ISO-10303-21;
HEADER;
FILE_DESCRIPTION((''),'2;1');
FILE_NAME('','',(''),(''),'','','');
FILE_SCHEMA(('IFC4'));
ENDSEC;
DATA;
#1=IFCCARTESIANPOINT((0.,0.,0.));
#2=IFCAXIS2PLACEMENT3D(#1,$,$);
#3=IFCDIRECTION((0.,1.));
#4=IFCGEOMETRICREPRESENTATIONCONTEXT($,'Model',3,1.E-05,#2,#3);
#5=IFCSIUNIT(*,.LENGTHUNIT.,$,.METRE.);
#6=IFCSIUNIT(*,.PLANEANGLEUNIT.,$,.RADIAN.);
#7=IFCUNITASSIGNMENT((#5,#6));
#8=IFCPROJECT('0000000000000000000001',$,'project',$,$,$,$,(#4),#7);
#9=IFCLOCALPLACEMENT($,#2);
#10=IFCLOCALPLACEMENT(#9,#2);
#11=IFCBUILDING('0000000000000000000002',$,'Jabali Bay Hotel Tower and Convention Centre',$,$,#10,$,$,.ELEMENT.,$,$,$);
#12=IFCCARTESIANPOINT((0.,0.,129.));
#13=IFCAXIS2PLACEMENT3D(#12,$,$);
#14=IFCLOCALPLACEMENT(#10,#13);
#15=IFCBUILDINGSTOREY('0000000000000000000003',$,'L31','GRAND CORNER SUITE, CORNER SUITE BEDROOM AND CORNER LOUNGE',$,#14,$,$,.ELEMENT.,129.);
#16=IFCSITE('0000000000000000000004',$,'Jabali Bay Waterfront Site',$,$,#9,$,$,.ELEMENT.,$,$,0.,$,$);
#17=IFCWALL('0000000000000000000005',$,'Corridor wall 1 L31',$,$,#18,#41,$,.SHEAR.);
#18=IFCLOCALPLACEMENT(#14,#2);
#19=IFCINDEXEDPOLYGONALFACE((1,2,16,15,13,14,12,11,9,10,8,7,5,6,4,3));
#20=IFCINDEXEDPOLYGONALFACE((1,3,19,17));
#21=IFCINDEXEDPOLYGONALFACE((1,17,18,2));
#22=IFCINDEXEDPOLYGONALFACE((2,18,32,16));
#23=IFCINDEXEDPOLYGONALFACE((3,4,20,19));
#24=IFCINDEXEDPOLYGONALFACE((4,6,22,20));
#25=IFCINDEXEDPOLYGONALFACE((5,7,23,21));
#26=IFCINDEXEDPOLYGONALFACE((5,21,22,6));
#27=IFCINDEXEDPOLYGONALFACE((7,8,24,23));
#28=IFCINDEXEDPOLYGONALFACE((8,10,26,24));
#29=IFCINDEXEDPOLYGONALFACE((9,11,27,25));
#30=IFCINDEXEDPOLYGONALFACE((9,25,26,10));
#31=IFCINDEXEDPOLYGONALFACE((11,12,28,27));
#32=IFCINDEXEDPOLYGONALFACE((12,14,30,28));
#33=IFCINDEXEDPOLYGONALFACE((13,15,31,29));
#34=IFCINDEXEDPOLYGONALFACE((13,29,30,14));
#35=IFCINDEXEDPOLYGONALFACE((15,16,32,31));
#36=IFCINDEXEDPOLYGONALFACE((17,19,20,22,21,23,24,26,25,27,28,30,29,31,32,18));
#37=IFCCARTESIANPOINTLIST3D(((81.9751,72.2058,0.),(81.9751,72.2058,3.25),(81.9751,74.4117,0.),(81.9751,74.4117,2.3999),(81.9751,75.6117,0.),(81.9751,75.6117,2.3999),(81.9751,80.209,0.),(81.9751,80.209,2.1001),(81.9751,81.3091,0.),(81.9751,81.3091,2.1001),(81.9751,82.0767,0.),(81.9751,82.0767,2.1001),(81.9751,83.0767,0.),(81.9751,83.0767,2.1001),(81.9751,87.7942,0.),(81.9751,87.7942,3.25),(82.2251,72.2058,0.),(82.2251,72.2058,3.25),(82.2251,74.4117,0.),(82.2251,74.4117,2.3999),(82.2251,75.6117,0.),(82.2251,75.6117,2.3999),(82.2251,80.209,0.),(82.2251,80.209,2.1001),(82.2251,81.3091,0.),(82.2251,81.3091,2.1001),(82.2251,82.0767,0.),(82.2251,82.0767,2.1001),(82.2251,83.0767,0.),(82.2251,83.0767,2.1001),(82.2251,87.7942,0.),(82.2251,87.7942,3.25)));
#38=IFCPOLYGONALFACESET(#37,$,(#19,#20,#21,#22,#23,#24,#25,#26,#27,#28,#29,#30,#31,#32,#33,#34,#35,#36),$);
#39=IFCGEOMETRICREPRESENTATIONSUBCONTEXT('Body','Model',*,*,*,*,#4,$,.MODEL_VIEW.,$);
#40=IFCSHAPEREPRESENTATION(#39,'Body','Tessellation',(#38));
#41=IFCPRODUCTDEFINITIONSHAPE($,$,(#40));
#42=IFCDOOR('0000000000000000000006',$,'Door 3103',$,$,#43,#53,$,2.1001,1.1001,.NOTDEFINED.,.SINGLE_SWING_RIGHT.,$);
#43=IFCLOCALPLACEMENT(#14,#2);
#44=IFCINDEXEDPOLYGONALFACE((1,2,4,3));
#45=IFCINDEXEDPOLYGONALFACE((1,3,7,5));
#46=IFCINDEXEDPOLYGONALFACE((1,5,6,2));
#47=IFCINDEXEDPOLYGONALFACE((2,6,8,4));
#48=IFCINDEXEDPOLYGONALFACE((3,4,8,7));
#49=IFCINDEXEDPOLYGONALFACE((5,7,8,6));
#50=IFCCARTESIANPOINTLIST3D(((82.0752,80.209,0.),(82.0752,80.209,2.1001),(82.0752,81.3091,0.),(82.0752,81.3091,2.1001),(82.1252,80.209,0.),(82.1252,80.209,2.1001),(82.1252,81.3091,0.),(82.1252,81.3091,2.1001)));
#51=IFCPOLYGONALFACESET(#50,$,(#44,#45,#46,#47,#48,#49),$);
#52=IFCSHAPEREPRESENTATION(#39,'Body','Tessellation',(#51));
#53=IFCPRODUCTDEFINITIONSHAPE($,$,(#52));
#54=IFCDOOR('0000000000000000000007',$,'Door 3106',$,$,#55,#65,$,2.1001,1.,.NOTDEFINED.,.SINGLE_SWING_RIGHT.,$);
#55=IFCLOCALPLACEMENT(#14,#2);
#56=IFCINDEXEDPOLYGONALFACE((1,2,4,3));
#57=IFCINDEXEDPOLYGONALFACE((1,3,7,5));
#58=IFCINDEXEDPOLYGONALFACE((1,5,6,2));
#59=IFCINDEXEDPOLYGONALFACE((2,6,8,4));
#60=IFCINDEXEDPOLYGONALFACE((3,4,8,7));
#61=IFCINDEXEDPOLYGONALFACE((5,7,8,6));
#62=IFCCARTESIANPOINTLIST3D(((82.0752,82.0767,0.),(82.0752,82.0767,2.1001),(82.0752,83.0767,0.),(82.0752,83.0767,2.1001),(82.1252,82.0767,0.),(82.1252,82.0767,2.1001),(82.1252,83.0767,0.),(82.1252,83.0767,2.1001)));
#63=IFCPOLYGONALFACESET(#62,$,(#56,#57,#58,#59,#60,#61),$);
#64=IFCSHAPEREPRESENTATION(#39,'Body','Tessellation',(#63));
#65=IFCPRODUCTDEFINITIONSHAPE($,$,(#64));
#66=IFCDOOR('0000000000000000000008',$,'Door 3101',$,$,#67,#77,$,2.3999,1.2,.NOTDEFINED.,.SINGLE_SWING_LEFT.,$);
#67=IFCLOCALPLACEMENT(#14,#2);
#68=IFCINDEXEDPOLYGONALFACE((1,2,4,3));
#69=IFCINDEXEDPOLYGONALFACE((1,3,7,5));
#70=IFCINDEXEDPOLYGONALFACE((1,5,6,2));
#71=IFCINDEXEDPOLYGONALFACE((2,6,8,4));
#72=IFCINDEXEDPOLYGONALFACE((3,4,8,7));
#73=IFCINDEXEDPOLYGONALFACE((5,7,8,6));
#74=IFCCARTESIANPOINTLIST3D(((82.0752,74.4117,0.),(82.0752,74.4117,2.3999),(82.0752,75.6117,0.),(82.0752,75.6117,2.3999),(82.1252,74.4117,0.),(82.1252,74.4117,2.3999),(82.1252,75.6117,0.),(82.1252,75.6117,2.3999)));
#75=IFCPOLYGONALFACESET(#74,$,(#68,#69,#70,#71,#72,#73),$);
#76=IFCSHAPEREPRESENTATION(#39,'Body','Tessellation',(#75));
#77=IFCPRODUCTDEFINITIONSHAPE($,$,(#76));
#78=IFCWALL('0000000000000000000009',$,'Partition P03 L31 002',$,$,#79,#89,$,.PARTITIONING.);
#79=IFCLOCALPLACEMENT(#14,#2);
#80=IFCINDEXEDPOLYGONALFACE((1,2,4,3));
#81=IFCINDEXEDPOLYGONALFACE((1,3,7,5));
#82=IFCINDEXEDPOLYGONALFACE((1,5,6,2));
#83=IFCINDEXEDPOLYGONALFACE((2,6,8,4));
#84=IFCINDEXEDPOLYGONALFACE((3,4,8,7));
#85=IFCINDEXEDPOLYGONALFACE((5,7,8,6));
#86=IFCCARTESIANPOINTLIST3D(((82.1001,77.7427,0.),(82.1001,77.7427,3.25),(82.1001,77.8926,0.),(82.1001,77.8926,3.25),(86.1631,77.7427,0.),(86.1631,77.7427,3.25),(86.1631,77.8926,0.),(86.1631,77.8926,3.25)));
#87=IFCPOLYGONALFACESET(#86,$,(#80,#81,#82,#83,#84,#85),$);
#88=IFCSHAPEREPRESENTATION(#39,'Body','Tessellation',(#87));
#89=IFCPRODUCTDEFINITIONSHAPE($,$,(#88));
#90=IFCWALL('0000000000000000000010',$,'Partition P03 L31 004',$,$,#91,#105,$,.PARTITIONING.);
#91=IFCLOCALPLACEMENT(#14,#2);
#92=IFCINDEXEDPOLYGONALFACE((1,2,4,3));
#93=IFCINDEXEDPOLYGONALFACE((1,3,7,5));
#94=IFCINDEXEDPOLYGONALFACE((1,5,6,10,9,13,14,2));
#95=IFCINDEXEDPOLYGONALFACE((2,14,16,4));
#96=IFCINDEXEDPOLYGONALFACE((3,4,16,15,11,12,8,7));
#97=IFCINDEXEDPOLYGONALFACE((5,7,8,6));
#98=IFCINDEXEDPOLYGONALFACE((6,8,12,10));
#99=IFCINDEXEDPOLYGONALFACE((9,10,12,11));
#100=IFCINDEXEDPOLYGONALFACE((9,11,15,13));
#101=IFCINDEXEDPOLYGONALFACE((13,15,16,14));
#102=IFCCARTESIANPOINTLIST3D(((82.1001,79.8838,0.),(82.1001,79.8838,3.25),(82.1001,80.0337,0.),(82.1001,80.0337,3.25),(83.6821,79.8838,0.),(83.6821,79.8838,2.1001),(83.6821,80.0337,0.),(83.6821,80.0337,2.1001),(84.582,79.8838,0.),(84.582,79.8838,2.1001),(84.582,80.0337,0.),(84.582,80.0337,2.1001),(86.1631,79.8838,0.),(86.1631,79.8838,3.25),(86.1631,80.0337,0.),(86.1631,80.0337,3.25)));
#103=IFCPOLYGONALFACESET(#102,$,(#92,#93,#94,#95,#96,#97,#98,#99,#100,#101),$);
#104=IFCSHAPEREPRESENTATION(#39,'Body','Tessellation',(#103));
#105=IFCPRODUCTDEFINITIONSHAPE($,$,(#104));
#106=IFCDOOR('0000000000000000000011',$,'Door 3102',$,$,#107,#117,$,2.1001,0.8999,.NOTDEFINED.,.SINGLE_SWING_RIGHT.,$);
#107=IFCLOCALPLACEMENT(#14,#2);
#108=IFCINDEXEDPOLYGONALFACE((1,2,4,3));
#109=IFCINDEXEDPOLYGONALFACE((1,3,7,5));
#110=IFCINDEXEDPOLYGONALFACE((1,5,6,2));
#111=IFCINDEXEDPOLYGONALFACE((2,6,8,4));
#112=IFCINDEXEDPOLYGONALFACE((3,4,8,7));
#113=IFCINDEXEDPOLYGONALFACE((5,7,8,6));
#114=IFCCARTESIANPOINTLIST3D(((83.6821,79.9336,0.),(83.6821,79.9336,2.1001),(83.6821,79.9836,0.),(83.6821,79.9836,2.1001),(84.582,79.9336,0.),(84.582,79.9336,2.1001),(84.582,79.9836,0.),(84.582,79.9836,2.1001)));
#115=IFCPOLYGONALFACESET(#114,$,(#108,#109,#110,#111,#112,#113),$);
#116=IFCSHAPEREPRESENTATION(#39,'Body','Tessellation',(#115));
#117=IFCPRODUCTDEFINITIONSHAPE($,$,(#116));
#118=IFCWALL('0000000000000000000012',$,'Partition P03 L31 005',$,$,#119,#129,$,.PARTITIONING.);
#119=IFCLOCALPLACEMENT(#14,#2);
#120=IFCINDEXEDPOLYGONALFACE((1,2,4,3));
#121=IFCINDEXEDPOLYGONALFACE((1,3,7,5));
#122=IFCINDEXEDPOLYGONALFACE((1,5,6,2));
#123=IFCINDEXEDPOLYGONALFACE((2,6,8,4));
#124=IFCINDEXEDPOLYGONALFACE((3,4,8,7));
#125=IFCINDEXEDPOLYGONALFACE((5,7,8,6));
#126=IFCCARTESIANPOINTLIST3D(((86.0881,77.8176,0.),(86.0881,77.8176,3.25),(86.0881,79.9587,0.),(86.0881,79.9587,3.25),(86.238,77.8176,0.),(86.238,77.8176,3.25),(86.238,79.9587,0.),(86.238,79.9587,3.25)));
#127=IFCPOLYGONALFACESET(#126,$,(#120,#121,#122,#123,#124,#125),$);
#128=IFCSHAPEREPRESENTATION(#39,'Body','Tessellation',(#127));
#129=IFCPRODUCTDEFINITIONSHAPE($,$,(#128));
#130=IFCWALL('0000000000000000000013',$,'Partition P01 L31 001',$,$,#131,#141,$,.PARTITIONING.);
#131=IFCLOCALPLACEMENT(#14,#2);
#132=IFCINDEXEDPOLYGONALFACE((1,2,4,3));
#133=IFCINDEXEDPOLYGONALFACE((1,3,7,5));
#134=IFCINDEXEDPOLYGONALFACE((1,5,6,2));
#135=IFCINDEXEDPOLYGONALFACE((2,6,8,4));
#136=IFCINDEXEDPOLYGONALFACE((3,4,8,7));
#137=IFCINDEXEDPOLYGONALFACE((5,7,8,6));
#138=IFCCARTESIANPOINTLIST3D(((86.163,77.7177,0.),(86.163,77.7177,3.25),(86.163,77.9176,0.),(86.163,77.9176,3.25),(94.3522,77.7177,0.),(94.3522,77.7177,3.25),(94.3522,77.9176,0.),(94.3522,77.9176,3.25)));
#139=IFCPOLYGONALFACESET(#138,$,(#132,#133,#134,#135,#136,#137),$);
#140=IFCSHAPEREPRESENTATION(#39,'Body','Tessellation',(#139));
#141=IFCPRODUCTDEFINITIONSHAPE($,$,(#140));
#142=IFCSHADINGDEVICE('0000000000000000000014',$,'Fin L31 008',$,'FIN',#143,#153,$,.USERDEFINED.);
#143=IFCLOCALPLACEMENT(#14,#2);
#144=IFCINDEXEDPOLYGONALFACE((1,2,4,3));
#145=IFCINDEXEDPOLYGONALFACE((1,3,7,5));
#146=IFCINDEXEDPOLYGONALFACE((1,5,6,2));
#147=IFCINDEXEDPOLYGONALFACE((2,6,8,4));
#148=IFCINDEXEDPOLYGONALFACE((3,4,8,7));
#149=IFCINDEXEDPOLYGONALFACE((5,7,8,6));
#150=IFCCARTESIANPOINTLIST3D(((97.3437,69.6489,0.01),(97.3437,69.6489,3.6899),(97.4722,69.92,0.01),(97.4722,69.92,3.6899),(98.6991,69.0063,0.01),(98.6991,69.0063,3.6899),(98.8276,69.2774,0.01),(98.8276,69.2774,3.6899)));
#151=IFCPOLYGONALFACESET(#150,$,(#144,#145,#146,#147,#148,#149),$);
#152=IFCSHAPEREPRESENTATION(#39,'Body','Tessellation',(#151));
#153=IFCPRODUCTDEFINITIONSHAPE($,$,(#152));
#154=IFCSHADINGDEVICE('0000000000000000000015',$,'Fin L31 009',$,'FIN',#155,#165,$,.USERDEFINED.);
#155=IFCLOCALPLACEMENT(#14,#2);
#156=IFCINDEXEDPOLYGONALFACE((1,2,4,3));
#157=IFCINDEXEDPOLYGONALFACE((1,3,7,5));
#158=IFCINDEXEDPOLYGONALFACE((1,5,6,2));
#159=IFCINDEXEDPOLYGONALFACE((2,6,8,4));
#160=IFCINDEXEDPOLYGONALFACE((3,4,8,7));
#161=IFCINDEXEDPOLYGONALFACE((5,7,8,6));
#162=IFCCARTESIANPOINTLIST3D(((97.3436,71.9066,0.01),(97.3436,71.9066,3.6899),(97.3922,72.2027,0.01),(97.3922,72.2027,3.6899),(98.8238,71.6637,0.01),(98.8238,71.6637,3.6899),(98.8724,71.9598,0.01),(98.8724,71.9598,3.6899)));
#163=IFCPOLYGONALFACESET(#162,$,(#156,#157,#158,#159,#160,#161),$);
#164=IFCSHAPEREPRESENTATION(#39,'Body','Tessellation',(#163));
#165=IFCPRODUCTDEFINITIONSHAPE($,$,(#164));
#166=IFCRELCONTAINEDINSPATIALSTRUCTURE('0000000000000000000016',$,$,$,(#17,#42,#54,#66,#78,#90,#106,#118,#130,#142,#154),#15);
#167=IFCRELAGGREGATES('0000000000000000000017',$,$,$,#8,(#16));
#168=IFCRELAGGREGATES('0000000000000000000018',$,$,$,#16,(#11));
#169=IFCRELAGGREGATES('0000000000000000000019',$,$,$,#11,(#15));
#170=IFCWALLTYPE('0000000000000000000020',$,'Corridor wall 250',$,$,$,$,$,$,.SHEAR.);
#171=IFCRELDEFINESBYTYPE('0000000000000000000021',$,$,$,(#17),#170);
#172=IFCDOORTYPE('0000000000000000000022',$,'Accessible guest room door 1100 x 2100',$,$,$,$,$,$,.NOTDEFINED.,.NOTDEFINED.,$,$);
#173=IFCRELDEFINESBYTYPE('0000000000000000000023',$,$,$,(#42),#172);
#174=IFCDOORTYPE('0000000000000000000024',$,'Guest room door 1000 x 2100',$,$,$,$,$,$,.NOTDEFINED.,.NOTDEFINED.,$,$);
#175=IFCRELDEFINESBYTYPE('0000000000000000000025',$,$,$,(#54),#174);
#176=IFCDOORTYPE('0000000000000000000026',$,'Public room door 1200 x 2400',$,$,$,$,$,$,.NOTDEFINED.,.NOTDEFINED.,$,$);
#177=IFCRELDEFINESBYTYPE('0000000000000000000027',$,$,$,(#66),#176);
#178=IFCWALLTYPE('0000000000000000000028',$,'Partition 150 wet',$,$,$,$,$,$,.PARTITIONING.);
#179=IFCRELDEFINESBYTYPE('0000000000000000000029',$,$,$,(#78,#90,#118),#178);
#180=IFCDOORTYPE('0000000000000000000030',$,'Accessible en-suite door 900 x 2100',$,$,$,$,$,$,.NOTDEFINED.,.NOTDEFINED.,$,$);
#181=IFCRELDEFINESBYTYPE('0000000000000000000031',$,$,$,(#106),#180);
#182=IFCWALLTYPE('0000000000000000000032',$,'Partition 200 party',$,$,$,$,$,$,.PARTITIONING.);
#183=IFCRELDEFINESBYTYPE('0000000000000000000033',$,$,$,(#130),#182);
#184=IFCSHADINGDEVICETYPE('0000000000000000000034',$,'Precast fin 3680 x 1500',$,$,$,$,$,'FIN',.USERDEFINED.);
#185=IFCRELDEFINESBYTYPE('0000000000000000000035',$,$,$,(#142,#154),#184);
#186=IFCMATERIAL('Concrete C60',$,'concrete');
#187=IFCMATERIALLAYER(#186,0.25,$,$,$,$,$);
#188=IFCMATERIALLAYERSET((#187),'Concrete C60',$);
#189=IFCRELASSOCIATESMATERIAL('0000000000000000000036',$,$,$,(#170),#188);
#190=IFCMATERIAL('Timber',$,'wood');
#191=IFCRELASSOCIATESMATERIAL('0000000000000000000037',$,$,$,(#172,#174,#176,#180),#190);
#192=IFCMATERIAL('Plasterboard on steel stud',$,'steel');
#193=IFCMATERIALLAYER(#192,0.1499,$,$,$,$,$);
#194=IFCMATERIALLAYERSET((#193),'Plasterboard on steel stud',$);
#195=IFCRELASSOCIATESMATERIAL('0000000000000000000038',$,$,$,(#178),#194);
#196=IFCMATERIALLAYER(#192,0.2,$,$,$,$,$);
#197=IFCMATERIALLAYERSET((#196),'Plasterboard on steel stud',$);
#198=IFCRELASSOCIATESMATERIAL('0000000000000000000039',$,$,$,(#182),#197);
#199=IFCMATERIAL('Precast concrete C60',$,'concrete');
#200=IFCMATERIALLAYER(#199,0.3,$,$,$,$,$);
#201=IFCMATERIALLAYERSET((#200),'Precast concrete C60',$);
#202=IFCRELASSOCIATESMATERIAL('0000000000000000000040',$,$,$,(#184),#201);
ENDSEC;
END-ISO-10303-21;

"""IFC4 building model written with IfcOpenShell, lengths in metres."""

from ifc_helpers import new_model, si_unit, direction, frame, frame_2d, origin, place, context, subcontext, project, spatial, rectangle, extrude, material, layer, layer_set, type_object, element, fill, save


model = new_model("IFC4")

# Units and contexts
model_context = context("Model", 3, precision=1e-05, world=origin(), true_north=direction((0.0, 1.0)))
body_context = subcontext(model_context, "Body", "Model", "MODEL_VIEW")
ifc_project = project(units=[si_unit("LENGTHUNIT", "METRE"), si_unit("PLANEANGLEUNIT", "RADIAN")], contexts=[model_context])

# Site, building, storey
site_placement = place(None, origin())
site = spatial("IfcSite", under=ifc_project, at=site_placement, Name="Jabali Bay Waterfront Site", CompositionType="ELEMENT", RefElevation=0.0)
building_placement = place(site_placement, origin())
building = spatial("IfcBuilding", under=site, at=building_placement, Name="Jabali Bay Hotel Tower and Convention Centre", CompositionType="ELEMENT")
storey_placement = place(building_placement, frame((0.0, 0.0, 129.0)))
storey = spatial("IfcBuildingStorey", under=building, at=storey_placement, Name="L31", Description="GRAND CORNER SUITE, CORNER SUITE BEDROOM AND CORNER LOUNGE", CompositionType="ELEMENT", Elevation=129.0)

# Shared definitions
ifc_material_1 = material(Name="Concrete C60", Category="concrete")

# Wall, openings, doors
ifc_layer_1 = layer(ifc_material_1, 0.25)
ifc_layer_set_1 = layer_set([ifc_layer_1], Name="Concrete C60")
wall_type_1 = type_object("IfcWallType", Name="Corridor wall 250", PredefinedType="SHEAR", material=ifc_layer_set_1)
wall_1_placement = place(storey_placement, frame((82.1001, 72.2058, 0.0), z_axis=(0.0, 0.0, 1.0), x_axis=(0.0, 1.0, 0.0)))
wall_1 = element("IfcWall", 1, at=wall_1_placement, inside=storey, type_object=wall_type_1, Name="Corridor wall 1 L31", PredefinedType="SHEAR", context=body_context, shape_type="SweptSolid", body=[
    extrude(rectangle(XDim=15.5884, YDim=0.25, at=frame_2d((7.7942, 0.0))), origin(), (0.0, 0.0, 1.0), 3.25),
])
opening_1_placement = place(wall_1_placement, frame((2.2058, 0.0, 0.0)))
opening_1 = element("IfcOpeningElement", 2, at=opening_1_placement, cuts=wall_1, PredefinedType="OPENING", context=body_context, shape_type="SweptSolid", body=[
    extrude(rectangle(XDim=1.2, YDim=2.3999, at=frame_2d((0.6001, 1.2))), frame((0.0, 0.1355, 0.0), z_axis=(0.0, -1.0, 0.0), x_axis=(1.0, 0.0, 0.0)), (0.0, 0.0, 1.0), 0.271),
])
opening_2_placement = place(wall_1_placement, frame((8.0032, 0.0, 0.0)))
opening_2 = element("IfcOpeningElement", 3, at=opening_2_placement, cuts=wall_1, PredefinedType="OPENING", context=body_context, shape_type="SweptSolid", body=[
    extrude(rectangle(XDim=1.1001, YDim=2.1001, at=frame_2d((0.55, 1.05))), frame((0.0, 0.1355, 0.0), z_axis=(0.0, -1.0, 0.0), x_axis=(1.0, 0.0, 0.0)), (0.0, 0.0, 1.0), 0.271),
])
opening_3_placement = place(wall_1_placement, frame((9.8708, 0.0, 0.0)))
opening_3 = element("IfcOpeningElement", 4, at=opening_3_placement, cuts=wall_1, PredefinedType="OPENING", context=body_context, shape_type="SweptSolid", body=[
    extrude(rectangle(XDim=1.0, YDim=2.1001, at=frame_2d((0.5, 1.05))), frame((0.0, 0.1355, 0.0), z_axis=(0.0, -1.0, 0.0), x_axis=(1.0, 0.0, 0.0)), (0.0, 0.0, 1.0), 0.271),
])
ifc_material_2 = material(Name="Timber", Category="wood")
door_type_1 = type_object("IfcDoorType", Name="Accessible guest room door 1100 x 2100", OperationType="NOTDEFINED", PredefinedType="NOTDEFINED", material=ifc_material_2)
door_1_placement = place(opening_2_placement, origin())
door_1 = element("IfcDoor", 5, at=door_1_placement, inside=storey, type_object=door_type_1, Name="Door 3103", OperationType="SINGLE_SWING_RIGHT", OverallHeight=2.1001, OverallWidth=1.1001, PredefinedType="NOTDEFINED", context=body_context, shape_type="SweptSolid", body=[
    extrude(rectangle(XDim=1.1001, YDim=2.1001, at=frame_2d((0.55, 1.05))), frame((0.0, 0.0249, 0.0), z_axis=(0.0, -1.0, 0.0), x_axis=(1.0, 0.0, 0.0)), (0.0, 0.0, 1.0), 0.05),
])
fill(opening_2, door_1)
door_type_2 = type_object("IfcDoorType", Name="Guest room door 1000 x 2100", OperationType="NOTDEFINED", PredefinedType="NOTDEFINED", material=ifc_material_2)
door_2_placement = place(opening_3_placement, origin())
door_2 = element("IfcDoor", 6, at=door_2_placement, inside=storey, type_object=door_type_2, Name="Door 3106", OperationType="SINGLE_SWING_RIGHT", OverallHeight=2.1001, OverallWidth=1.0, PredefinedType="NOTDEFINED", context=body_context, shape_type="SweptSolid", body=[
    extrude(rectangle(XDim=1.0, YDim=2.1001, at=frame_2d((0.5, 1.05))), frame((0.0, 0.0249, 0.0), z_axis=(0.0, -1.0, 0.0), x_axis=(1.0, 0.0, 0.0)), (0.0, 0.0, 1.0), 0.05),
])
fill(opening_3, door_2)
door_type_3 = type_object("IfcDoorType", Name="Public room door 1200 x 2400", OperationType="NOTDEFINED", PredefinedType="NOTDEFINED", material=ifc_material_2)
door_3_placement = place(opening_1_placement, origin())
door_3 = element("IfcDoor", 7, at=door_3_placement, inside=storey, type_object=door_type_3, Name="Door 3101", OperationType="SINGLE_SWING_LEFT", OverallHeight=2.3999, OverallWidth=1.2, PredefinedType="NOTDEFINED", context=body_context, shape_type="SweptSolid", body=[
    extrude(rectangle(XDim=1.2, YDim=2.3999, at=frame_2d((0.6001, 1.2))), frame((0.0, 0.0249, 0.0), z_axis=(0.0, -1.0, 0.0), x_axis=(1.0, 0.0, 0.0)), (0.0, 0.0, 1.0), 0.05),
])
fill(opening_1, door_3)

# Wall
ifc_material_3 = material(Name="Plasterboard on steel stud", Category="steel")
ifc_layer_2 = layer(ifc_material_3, 0.1499)
ifc_layer_set_2 = layer_set([ifc_layer_2], Name="Plasterboard on steel stud")
wall_type_2 = type_object("IfcWallType", Name="Partition 150 wet", PredefinedType="PARTITIONING", material=ifc_layer_set_2)
wall_2_placement = place(storey_placement, frame((86.1631, 77.8176, 0.0), z_axis=(0.0, 0.0, 1.0), x_axis=(-1.0, 0.0, 0.0)))
element("IfcWall", 8, at=wall_2_placement, inside=storey, type_object=wall_type_2, Name="Partition P03 L31 002", PredefinedType="PARTITIONING", context=body_context, shape_type="SweptSolid", body=[
    extrude(rectangle(XDim=4.063, YDim=0.1499, at=frame_2d((2.0315, 0.0))), origin(), (0.0, 0.0, 1.0), 3.25),
])

# Wall, opening, door
wall_3_placement = place(storey_placement, frame((82.1001, 79.9587, 0.0), z_axis=(0.0, 0.0, 1.0), x_axis=(1.0, 0.0, 0.0)))
wall_3 = element("IfcWall", 9, at=wall_3_placement, inside=storey, type_object=wall_type_2, Name="Partition P03 L31 004", PredefinedType="PARTITIONING", context=body_context, shape_type="SweptSolid", body=[
    extrude(rectangle(XDim=4.063, YDim=0.1499, at=frame_2d((2.0315, 0.0))), origin(), (0.0, 0.0, 1.0), 3.25),
])
opening_4_placement = place(wall_3_placement, frame((1.582, 0.0, 0.0)))
opening_4 = element("IfcOpeningElement", 10, at=opening_4_placement, cuts=wall_3, PredefinedType="OPENING", context=body_context, shape_type="SweptSolid", body=[
    extrude(rectangle(XDim=0.8999, YDim=2.1001, at=frame_2d((0.45, 1.05))), frame((0.0, 0.0854, 0.0), z_axis=(0.0, -1.0, 0.0), x_axis=(1.0, 0.0, 0.0)), (0.0, 0.0, 1.0), 0.1709),
])
door_type_4 = type_object("IfcDoorType", Name="Accessible en-suite door 900 x 2100", OperationType="NOTDEFINED", PredefinedType="NOTDEFINED", material=ifc_material_2)
door_4_placement = place(opening_4_placement, origin())
door_4 = element("IfcDoor", 11, at=door_4_placement, inside=storey, type_object=door_type_4, Name="Door 3102", OperationType="SINGLE_SWING_RIGHT", OverallHeight=2.1001, OverallWidth=0.8999, PredefinedType="NOTDEFINED", context=body_context, shape_type="SweptSolid", body=[
    extrude(rectangle(XDim=0.8999, YDim=2.1001, at=frame_2d((0.45, 1.05))), frame((0.0, 0.0249, 0.0), z_axis=(0.0, -1.0, 0.0), x_axis=(1.0, 0.0, 0.0)), (0.0, 0.0, 1.0), 0.05),
])
fill(opening_4, door_4)

# Walls
wall_4_placement = place(storey_placement, frame((86.1631, 79.9587, 0.0), z_axis=(0.0, 0.0, 1.0), x_axis=(0.0, -1.0, 0.0)))
element("IfcWall", 12, at=wall_4_placement, inside=storey, type_object=wall_type_2, Name="Partition P03 L31 005", PredefinedType="PARTITIONING", context=body_context, shape_type="SweptSolid", body=[
    extrude(rectangle(XDim=2.1411, YDim=0.1499, at=frame_2d((1.0706, 0.0))), origin(), (0.0, 0.0, 1.0), 3.25),
])
ifc_layer_3 = layer(ifc_material_3, 0.2)
ifc_layer_set_3 = layer_set([ifc_layer_3], Name="Plasterboard on steel stud")
wall_type_3 = type_object("IfcWallType", Name="Partition 200 party", PredefinedType="PARTITIONING", material=ifc_layer_set_3)
wall_5_placement = place(storey_placement, frame((94.3523, 77.8176, 0.0), z_axis=(0.0, 0.0, 1.0), x_axis=(-1.0, 0.0, 0.0)))
element("IfcWall", 13, at=wall_5_placement, inside=storey, type_object=wall_type_3, Name="Partition P01 L31 001", PredefinedType="PARTITIONING", context=body_context, shape_type="SweptSolid", body=[
    extrude(rectangle(XDim=8.1892, YDim=0.2, at=frame_2d((4.0947, 0.0))), origin(), (0.0, 0.0, 1.0), 3.25),
])

# Shading devices
ifc_material_4 = material(Name="Precast concrete C60", Category="concrete")
ifc_layer_4 = layer(ifc_material_4, 0.3)
ifc_layer_set_4 = layer_set([ifc_layer_4], Name="Precast concrete C60")
shading_device_type = type_object("IfcShadingDeviceType", Name="Precast fin 3680 x 1500", ElementType="FIN", PredefinedType="USERDEFINED", material=ifc_layer_set_4)
for number, where, z_axis, x_axis, name in (
    (14, (97.408, 69.7844, 0.01), (0.0, 0.0, 1.0), (0.903605, -0.428366, 0.0), "Fin L31 008"),
    (15, (97.3679, 72.0547, 0.01), (0.0, 0.0, 1.0), (0.9868, -0.161944, 0.0), "Fin L31 009"),
):
    element("IfcShadingDevice", number, at=place(storey_placement, frame(where, z_axis=z_axis, x_axis=x_axis)), inside=storey, type_object=shading_device_type, Name=name, ObjectType="FIN", PredefinedType="USERDEFINED", context=body_context, shape_type="SweptSolid", body=[
        extrude(rectangle(XDim=1.5, YDim=0.3, at=frame_2d((0.75, 0.0))), origin(), (0.0, 0.0, 1.0), 3.6799),
    ])

save(model, "model.ifc")
